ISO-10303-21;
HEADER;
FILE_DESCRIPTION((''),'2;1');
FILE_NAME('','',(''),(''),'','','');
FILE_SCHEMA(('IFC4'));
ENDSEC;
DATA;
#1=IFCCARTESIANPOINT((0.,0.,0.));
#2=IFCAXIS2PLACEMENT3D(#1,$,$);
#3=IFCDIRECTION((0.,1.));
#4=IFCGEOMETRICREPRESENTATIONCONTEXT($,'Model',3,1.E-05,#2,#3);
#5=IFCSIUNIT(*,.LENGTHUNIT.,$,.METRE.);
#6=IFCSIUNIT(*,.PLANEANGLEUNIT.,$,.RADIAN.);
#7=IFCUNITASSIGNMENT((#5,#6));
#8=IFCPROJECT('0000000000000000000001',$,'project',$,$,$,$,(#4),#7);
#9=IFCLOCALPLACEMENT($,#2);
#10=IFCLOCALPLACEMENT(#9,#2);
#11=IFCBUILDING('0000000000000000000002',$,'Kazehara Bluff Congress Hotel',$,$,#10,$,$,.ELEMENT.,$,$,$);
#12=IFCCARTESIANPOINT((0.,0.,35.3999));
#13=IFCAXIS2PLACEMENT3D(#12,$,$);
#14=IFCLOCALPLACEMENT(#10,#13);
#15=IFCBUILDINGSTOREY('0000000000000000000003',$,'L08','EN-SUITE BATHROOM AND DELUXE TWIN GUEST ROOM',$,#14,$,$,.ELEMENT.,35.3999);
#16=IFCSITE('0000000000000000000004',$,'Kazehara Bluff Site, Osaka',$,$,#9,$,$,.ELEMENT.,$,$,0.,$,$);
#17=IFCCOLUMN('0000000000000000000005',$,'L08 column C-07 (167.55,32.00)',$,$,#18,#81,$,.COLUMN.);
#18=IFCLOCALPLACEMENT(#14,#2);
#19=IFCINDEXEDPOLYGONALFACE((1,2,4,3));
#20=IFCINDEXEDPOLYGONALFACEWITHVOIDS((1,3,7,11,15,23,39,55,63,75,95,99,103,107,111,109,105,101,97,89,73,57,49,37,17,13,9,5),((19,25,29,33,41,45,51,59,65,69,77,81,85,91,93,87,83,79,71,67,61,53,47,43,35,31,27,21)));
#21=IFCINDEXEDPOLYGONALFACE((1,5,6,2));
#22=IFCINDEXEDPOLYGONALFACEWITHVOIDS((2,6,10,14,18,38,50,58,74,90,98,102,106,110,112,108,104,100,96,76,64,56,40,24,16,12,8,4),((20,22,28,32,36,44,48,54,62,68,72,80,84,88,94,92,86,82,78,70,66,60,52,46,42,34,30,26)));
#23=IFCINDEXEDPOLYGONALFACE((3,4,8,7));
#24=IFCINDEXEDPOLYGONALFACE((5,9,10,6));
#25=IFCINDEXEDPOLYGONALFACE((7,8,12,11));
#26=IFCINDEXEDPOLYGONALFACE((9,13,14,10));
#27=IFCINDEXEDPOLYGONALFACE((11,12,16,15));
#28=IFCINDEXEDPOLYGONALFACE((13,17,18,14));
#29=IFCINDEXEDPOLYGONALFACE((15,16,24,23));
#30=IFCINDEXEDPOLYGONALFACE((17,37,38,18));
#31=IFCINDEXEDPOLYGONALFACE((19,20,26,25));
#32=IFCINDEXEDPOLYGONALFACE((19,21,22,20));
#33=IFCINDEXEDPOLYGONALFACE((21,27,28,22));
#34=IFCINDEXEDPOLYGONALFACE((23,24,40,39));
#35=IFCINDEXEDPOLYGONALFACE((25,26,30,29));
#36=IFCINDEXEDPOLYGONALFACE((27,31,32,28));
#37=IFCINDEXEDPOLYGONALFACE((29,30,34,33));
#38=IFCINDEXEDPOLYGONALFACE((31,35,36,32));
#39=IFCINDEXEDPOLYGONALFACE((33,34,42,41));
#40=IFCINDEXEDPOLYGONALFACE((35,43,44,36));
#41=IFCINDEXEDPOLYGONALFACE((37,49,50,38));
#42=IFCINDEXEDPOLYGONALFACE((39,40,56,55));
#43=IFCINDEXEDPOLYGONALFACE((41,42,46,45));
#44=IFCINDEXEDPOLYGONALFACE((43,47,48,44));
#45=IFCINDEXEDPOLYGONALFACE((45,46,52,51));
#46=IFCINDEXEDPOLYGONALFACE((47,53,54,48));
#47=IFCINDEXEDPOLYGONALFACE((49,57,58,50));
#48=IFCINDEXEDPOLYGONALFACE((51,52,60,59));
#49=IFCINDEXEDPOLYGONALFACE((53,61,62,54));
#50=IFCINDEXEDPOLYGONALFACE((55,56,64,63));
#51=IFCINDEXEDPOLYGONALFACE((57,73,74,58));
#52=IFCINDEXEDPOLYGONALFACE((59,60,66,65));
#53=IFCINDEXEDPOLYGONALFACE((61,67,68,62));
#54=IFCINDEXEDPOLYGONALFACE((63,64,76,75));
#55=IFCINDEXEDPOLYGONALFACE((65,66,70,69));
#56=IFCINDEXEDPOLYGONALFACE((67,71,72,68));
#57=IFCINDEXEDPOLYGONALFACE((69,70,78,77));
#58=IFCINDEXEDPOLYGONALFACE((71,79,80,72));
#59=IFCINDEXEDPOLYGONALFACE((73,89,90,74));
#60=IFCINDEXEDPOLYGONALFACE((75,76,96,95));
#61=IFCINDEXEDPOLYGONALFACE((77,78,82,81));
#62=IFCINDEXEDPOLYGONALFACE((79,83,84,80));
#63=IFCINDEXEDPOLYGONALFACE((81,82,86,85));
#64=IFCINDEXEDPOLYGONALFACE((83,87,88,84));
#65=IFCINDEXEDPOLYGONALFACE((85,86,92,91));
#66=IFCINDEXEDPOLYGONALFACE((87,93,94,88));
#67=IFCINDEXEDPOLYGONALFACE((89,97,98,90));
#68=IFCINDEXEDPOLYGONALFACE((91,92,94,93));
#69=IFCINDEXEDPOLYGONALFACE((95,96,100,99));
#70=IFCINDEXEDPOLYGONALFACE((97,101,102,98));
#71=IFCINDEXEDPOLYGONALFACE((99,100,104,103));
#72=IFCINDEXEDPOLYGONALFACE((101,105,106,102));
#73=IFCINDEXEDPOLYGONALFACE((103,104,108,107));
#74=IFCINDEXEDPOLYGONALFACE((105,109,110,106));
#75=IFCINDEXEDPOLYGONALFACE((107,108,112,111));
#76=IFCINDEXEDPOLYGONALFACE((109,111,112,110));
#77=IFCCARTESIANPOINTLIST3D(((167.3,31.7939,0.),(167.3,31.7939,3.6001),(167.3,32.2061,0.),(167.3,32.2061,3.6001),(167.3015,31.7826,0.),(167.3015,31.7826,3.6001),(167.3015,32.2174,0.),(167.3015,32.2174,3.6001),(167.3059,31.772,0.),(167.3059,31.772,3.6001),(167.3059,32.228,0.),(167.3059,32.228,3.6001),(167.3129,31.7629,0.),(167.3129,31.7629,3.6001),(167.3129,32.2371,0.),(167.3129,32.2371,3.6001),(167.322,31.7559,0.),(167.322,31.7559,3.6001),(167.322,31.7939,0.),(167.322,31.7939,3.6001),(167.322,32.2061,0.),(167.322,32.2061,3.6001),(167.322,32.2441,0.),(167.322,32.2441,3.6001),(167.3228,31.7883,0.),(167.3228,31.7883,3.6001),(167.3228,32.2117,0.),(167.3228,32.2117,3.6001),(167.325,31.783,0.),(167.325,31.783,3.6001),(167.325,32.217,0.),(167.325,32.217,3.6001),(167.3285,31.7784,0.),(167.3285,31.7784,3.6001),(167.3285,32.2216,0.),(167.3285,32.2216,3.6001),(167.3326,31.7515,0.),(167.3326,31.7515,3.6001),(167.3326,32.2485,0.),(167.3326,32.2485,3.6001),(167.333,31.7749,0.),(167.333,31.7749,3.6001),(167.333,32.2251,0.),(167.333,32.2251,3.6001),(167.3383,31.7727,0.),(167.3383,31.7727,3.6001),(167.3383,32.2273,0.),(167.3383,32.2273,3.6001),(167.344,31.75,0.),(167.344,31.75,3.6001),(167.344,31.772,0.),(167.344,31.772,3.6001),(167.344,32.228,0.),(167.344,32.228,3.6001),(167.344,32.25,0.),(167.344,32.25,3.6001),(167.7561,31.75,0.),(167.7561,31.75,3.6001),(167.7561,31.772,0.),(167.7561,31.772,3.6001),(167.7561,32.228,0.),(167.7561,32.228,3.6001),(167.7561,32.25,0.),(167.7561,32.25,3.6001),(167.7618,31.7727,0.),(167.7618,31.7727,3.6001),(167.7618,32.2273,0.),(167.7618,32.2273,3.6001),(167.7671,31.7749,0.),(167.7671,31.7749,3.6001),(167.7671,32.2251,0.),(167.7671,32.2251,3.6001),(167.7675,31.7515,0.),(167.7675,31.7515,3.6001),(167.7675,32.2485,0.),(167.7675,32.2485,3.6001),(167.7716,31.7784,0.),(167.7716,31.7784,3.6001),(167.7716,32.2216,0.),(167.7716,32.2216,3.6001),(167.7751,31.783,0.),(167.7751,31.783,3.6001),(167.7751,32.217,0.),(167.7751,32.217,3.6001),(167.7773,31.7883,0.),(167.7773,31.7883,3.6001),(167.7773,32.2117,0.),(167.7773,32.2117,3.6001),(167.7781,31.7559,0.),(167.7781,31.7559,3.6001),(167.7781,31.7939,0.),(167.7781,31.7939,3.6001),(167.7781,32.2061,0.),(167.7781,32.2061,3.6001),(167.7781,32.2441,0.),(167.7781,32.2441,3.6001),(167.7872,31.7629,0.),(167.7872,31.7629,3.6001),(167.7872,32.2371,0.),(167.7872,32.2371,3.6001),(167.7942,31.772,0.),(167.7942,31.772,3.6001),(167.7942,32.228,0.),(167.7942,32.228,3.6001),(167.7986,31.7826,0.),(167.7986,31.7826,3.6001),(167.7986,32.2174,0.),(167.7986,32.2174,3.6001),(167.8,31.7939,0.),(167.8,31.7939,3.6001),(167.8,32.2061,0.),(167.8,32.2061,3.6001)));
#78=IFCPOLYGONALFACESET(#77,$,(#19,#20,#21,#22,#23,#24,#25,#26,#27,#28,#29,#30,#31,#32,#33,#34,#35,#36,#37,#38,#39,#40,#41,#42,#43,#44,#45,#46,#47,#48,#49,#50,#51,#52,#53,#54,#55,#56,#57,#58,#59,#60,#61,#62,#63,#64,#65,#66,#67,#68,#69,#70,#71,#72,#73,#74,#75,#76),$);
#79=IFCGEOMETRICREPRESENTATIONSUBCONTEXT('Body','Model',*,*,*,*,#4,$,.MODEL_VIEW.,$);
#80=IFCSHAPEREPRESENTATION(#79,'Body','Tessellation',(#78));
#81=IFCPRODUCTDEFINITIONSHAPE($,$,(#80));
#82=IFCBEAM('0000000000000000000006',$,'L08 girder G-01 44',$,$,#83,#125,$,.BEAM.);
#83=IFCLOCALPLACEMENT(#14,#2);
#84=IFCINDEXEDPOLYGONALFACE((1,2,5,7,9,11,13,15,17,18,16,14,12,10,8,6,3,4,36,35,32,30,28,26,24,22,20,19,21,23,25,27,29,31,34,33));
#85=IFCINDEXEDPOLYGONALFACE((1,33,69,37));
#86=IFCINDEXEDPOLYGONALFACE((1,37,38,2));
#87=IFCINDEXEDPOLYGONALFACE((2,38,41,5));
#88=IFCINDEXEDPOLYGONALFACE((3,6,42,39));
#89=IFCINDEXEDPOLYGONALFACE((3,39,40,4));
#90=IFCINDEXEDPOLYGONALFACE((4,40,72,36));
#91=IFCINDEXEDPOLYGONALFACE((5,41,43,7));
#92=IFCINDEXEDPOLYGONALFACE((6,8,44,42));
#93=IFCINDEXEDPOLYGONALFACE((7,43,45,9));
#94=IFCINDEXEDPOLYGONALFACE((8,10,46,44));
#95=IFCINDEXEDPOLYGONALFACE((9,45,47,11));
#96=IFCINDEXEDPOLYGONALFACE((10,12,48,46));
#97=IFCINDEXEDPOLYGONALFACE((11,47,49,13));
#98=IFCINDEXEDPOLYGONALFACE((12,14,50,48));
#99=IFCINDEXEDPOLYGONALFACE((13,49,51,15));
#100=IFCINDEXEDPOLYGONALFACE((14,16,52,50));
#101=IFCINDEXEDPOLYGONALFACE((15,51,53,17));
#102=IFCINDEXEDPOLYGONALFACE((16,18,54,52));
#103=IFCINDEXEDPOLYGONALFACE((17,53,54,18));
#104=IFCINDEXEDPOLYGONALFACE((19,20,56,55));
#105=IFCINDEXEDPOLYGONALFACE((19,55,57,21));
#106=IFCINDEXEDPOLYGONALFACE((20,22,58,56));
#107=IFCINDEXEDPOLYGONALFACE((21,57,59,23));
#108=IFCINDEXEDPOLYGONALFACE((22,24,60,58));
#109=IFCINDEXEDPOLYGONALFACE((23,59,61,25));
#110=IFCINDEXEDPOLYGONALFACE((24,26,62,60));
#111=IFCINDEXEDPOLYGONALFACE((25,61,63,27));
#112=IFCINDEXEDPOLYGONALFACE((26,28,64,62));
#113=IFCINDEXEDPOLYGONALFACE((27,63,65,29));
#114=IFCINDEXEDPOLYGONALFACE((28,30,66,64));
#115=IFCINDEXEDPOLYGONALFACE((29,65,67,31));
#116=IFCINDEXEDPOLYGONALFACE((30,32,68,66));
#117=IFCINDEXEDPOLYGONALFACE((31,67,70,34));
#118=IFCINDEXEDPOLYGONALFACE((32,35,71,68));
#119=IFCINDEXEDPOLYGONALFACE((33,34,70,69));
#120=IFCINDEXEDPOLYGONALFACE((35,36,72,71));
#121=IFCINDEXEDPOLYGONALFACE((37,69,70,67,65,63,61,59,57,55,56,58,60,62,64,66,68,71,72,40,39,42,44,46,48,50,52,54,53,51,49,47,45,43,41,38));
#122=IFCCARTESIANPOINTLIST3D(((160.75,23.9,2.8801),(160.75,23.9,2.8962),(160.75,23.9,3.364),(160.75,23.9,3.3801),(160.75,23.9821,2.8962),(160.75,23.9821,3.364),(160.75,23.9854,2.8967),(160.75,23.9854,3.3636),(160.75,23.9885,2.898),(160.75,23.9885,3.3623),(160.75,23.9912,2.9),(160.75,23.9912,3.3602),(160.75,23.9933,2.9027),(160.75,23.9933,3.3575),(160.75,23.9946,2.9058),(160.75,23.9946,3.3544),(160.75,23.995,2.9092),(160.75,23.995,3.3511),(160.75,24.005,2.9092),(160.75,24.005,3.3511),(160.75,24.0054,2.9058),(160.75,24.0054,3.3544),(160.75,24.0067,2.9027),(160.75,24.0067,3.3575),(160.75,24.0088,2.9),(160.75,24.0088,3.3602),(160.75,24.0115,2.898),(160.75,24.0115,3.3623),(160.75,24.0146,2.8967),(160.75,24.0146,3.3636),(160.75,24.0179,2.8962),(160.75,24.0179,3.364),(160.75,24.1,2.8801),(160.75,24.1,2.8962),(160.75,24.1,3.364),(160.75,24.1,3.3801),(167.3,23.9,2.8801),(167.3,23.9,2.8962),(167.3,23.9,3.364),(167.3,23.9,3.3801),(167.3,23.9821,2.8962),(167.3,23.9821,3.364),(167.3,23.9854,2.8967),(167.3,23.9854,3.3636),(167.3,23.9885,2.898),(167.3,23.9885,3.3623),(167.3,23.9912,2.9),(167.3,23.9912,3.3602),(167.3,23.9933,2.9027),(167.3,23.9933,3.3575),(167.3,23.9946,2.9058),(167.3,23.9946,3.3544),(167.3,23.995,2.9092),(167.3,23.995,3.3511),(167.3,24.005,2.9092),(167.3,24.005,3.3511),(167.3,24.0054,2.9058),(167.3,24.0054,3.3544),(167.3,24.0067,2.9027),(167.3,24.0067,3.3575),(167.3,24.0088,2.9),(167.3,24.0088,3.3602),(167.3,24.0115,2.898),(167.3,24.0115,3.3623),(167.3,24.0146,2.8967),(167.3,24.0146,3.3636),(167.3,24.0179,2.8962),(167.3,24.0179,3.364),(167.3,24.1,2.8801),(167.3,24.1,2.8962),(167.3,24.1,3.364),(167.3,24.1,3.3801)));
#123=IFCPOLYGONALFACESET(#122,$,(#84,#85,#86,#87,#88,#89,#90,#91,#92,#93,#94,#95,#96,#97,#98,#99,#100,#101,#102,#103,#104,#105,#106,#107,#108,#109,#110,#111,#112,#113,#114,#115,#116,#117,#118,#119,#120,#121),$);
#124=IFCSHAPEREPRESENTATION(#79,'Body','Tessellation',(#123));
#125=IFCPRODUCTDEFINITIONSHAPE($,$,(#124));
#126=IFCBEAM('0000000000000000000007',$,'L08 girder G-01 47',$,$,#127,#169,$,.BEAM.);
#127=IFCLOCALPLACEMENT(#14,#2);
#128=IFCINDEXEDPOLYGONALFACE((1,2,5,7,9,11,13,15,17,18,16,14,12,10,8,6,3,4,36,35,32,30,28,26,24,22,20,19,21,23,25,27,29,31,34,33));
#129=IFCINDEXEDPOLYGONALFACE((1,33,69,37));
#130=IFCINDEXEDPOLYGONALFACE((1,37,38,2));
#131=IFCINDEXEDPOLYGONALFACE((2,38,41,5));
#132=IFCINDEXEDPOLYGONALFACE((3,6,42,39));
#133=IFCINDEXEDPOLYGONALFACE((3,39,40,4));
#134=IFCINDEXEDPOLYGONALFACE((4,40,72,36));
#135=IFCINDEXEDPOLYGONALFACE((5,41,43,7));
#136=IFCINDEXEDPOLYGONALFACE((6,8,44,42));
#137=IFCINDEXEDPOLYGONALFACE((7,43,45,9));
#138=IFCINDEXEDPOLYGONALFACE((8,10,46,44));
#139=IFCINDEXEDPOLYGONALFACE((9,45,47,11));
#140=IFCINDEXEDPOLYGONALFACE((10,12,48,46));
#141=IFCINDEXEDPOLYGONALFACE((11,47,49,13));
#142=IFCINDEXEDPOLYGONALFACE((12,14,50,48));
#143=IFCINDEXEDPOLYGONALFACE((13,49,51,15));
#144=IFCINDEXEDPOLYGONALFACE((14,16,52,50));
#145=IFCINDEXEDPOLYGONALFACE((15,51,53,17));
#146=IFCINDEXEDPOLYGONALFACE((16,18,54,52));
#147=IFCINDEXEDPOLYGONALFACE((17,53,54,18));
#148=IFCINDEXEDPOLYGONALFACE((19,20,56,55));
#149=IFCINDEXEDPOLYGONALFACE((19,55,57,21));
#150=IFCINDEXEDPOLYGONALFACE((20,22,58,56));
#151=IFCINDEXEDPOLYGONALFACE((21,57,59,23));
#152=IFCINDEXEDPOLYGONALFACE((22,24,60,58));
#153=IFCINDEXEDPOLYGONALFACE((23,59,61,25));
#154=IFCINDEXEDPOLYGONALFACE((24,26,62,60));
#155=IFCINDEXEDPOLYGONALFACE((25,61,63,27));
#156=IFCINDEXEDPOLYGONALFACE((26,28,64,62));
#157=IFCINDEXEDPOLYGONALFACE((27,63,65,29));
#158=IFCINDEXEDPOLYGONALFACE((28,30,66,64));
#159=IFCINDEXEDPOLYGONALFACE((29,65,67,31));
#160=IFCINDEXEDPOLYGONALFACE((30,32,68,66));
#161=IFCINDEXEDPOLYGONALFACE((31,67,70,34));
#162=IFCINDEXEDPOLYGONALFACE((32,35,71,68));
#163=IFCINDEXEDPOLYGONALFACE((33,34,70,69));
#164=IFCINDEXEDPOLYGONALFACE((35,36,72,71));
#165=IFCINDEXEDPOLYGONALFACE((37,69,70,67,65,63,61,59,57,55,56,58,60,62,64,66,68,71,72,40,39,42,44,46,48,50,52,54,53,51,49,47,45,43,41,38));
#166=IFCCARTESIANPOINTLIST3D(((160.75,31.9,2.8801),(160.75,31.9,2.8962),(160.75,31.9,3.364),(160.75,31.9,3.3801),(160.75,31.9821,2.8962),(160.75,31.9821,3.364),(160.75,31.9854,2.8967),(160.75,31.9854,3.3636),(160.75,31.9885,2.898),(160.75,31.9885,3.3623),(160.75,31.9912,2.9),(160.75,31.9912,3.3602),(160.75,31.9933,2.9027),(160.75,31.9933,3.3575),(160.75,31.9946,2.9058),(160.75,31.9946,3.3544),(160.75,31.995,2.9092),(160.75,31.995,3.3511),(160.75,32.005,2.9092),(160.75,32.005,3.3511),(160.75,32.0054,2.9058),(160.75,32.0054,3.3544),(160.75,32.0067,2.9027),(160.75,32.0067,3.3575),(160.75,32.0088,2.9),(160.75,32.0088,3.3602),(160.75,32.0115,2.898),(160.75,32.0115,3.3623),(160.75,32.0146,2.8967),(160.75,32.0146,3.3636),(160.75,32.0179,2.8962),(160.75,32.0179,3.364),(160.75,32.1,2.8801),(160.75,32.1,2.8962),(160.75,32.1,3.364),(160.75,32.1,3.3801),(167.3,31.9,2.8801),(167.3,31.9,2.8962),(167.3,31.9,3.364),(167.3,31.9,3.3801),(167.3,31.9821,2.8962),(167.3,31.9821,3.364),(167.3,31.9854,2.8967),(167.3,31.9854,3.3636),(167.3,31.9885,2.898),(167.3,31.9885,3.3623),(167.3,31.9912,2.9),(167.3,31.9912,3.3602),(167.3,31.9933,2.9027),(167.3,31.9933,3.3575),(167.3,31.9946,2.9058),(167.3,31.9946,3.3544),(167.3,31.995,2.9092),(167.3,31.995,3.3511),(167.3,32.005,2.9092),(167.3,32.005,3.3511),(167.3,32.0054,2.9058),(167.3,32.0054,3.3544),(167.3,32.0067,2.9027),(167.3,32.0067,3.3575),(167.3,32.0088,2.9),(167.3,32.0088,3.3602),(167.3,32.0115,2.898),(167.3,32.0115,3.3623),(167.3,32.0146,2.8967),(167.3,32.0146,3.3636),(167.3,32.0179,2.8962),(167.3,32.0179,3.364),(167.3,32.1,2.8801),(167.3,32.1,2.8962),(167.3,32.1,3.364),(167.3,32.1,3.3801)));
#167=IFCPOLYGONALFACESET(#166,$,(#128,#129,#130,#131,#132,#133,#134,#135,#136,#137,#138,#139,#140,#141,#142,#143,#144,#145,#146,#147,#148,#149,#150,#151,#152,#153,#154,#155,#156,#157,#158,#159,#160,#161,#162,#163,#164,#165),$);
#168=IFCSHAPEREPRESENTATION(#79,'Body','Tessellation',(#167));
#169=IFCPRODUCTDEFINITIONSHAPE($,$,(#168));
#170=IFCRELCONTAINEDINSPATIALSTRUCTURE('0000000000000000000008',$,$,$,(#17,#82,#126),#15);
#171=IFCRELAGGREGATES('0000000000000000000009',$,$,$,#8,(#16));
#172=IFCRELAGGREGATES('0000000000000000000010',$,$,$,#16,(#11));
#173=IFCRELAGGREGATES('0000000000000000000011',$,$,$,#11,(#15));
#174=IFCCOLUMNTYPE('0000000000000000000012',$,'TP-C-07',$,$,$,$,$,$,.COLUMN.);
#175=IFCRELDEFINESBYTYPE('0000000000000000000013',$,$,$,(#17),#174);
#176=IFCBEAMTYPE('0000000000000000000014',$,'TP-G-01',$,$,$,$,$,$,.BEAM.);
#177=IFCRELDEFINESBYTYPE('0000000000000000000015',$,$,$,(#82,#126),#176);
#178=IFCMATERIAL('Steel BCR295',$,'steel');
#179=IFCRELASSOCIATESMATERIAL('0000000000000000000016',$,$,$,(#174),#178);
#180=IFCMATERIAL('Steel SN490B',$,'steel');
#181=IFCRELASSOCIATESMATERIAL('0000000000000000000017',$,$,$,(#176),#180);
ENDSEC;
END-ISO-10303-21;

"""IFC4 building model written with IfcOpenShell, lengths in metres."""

from ifc_helpers import new_model, si_unit, direction, frame, origin, origin_2d, place, context, subcontext, project, spatial, hollow_rectangle, i_section, extrude, material, material_profile, profile_set, type_object, element, save


model = new_model("IFC4")

# Units and contexts
model_context = context("Model", 3, precision=1e-05, world=origin(), true_north=direction((0.0, 1.0)))
body_context = subcontext(model_context, "Body", "Model", "MODEL_VIEW")
ifc_project = project(units=[si_unit("LENGTHUNIT", "METRE"), si_unit("PLANEANGLEUNIT", "RADIAN")], contexts=[model_context])

# Site, building, storey
site_placement = place(None, origin())
site = spatial("IfcSite", under=ifc_project, at=site_placement, Name="Kazehara Bluff Site, Osaka", CompositionType="ELEMENT", RefElevation=0.0)
building_placement = place(site_placement, origin())
building = spatial("IfcBuilding", under=site, at=building_placement, Name="Kazehara Bluff Congress Hotel", CompositionType="ELEMENT")
storey_placement = place(building_placement, frame((0.0, 0.0, 35.3999)))
storey = spatial("IfcBuildingStorey", under=building, at=storey_placement, Name="L08", Description="EN-SUITE BATHROOM AND DELUXE TWIN GUEST ROOM", CompositionType="ELEMENT", Elevation=35.3999)

# Column
ifc_material_1 = material(Name="Steel BCR295", Category="steel")
ifc_material_profile_1 = material_profile(ifc_material_1, hollow_rectangle(XDim=0.5, YDim=0.5, WallThickness=0.022, InnerFilletRadius=0.022, OuterFilletRadius=0.0439, at=origin_2d()))
ifc_profile_set_1 = profile_set([ifc_material_profile_1], Name="Steel BCR295")
column_type = type_object("IfcColumnType", Name="TP-C-07", PredefinedType="COLUMN", material=ifc_profile_set_1)
for number, where, z_axis, x_axis, name in (
    (1, (167.55, 32.0, 0.0), (0.0, 0.0, 1.0), (1.0, 0.0, 0.0), "L08 column C-07 (167.55,32.00)"),
):
    element("IfcColumn", number, at=place(storey_placement, frame(where, z_axis=z_axis, x_axis=x_axis)), inside=storey, type_object=column_type, Name=name, PredefinedType="COLUMN", context=body_context, shape_type="SweptSolid", body=[
        extrude(hollow_rectangle(XDim=0.5, YDim=0.5, WallThickness=0.022, InnerFilletRadius=0.022, OuterFilletRadius=0.0439, at=origin_2d()), origin(), (0.0, 0.0, 1.0), 3.6001),
    ])

# Beams
ifc_material_2 = material(Name="Steel SN490B", Category="steel")
ifc_material_profile_2 = material_profile(ifc_material_2, i_section(OverallWidth=0.2, OverallDepth=0.5, WebThickness=0.01, FlangeThickness=0.0161, FilletRadius=0.0129, at=origin_2d()))
ifc_profile_set_2 = profile_set([ifc_material_profile_2], Name="Steel SN490B")
beam_type_1 = type_object("IfcBeamType", Name="TP-G-01", PredefinedType="BEAM", material=ifc_profile_set_2)
for number, where, z_axis, x_axis, name in (
    (2, (160.75, 24.0, 3.1301), (1.0, 0.0, 0.0), (0.0, 1.0, 0.0), "L08 girder G-01 44"),
    (3, (160.75, 32.0, 3.1301), (1.0, 0.0, 0.0), (0.0, 1.0, 0.0), "L08 girder G-01 47"),
):
    element("IfcBeam", number, at=place(storey_placement, frame(where, z_axis=z_axis, x_axis=x_axis)), inside=storey, type_object=beam_type_1, Name=name, PredefinedType="BEAM", context=body_context, shape_type="SweptSolid", body=[
        extrude(i_section(OverallWidth=0.2, OverallDepth=0.5, WebThickness=0.01, FlangeThickness=0.0161, FilletRadius=0.0129, at=origin_2d()), origin(), (0.0, 0.0, 1.0), 6.55),
    ])

save(model, "model.ifc")
